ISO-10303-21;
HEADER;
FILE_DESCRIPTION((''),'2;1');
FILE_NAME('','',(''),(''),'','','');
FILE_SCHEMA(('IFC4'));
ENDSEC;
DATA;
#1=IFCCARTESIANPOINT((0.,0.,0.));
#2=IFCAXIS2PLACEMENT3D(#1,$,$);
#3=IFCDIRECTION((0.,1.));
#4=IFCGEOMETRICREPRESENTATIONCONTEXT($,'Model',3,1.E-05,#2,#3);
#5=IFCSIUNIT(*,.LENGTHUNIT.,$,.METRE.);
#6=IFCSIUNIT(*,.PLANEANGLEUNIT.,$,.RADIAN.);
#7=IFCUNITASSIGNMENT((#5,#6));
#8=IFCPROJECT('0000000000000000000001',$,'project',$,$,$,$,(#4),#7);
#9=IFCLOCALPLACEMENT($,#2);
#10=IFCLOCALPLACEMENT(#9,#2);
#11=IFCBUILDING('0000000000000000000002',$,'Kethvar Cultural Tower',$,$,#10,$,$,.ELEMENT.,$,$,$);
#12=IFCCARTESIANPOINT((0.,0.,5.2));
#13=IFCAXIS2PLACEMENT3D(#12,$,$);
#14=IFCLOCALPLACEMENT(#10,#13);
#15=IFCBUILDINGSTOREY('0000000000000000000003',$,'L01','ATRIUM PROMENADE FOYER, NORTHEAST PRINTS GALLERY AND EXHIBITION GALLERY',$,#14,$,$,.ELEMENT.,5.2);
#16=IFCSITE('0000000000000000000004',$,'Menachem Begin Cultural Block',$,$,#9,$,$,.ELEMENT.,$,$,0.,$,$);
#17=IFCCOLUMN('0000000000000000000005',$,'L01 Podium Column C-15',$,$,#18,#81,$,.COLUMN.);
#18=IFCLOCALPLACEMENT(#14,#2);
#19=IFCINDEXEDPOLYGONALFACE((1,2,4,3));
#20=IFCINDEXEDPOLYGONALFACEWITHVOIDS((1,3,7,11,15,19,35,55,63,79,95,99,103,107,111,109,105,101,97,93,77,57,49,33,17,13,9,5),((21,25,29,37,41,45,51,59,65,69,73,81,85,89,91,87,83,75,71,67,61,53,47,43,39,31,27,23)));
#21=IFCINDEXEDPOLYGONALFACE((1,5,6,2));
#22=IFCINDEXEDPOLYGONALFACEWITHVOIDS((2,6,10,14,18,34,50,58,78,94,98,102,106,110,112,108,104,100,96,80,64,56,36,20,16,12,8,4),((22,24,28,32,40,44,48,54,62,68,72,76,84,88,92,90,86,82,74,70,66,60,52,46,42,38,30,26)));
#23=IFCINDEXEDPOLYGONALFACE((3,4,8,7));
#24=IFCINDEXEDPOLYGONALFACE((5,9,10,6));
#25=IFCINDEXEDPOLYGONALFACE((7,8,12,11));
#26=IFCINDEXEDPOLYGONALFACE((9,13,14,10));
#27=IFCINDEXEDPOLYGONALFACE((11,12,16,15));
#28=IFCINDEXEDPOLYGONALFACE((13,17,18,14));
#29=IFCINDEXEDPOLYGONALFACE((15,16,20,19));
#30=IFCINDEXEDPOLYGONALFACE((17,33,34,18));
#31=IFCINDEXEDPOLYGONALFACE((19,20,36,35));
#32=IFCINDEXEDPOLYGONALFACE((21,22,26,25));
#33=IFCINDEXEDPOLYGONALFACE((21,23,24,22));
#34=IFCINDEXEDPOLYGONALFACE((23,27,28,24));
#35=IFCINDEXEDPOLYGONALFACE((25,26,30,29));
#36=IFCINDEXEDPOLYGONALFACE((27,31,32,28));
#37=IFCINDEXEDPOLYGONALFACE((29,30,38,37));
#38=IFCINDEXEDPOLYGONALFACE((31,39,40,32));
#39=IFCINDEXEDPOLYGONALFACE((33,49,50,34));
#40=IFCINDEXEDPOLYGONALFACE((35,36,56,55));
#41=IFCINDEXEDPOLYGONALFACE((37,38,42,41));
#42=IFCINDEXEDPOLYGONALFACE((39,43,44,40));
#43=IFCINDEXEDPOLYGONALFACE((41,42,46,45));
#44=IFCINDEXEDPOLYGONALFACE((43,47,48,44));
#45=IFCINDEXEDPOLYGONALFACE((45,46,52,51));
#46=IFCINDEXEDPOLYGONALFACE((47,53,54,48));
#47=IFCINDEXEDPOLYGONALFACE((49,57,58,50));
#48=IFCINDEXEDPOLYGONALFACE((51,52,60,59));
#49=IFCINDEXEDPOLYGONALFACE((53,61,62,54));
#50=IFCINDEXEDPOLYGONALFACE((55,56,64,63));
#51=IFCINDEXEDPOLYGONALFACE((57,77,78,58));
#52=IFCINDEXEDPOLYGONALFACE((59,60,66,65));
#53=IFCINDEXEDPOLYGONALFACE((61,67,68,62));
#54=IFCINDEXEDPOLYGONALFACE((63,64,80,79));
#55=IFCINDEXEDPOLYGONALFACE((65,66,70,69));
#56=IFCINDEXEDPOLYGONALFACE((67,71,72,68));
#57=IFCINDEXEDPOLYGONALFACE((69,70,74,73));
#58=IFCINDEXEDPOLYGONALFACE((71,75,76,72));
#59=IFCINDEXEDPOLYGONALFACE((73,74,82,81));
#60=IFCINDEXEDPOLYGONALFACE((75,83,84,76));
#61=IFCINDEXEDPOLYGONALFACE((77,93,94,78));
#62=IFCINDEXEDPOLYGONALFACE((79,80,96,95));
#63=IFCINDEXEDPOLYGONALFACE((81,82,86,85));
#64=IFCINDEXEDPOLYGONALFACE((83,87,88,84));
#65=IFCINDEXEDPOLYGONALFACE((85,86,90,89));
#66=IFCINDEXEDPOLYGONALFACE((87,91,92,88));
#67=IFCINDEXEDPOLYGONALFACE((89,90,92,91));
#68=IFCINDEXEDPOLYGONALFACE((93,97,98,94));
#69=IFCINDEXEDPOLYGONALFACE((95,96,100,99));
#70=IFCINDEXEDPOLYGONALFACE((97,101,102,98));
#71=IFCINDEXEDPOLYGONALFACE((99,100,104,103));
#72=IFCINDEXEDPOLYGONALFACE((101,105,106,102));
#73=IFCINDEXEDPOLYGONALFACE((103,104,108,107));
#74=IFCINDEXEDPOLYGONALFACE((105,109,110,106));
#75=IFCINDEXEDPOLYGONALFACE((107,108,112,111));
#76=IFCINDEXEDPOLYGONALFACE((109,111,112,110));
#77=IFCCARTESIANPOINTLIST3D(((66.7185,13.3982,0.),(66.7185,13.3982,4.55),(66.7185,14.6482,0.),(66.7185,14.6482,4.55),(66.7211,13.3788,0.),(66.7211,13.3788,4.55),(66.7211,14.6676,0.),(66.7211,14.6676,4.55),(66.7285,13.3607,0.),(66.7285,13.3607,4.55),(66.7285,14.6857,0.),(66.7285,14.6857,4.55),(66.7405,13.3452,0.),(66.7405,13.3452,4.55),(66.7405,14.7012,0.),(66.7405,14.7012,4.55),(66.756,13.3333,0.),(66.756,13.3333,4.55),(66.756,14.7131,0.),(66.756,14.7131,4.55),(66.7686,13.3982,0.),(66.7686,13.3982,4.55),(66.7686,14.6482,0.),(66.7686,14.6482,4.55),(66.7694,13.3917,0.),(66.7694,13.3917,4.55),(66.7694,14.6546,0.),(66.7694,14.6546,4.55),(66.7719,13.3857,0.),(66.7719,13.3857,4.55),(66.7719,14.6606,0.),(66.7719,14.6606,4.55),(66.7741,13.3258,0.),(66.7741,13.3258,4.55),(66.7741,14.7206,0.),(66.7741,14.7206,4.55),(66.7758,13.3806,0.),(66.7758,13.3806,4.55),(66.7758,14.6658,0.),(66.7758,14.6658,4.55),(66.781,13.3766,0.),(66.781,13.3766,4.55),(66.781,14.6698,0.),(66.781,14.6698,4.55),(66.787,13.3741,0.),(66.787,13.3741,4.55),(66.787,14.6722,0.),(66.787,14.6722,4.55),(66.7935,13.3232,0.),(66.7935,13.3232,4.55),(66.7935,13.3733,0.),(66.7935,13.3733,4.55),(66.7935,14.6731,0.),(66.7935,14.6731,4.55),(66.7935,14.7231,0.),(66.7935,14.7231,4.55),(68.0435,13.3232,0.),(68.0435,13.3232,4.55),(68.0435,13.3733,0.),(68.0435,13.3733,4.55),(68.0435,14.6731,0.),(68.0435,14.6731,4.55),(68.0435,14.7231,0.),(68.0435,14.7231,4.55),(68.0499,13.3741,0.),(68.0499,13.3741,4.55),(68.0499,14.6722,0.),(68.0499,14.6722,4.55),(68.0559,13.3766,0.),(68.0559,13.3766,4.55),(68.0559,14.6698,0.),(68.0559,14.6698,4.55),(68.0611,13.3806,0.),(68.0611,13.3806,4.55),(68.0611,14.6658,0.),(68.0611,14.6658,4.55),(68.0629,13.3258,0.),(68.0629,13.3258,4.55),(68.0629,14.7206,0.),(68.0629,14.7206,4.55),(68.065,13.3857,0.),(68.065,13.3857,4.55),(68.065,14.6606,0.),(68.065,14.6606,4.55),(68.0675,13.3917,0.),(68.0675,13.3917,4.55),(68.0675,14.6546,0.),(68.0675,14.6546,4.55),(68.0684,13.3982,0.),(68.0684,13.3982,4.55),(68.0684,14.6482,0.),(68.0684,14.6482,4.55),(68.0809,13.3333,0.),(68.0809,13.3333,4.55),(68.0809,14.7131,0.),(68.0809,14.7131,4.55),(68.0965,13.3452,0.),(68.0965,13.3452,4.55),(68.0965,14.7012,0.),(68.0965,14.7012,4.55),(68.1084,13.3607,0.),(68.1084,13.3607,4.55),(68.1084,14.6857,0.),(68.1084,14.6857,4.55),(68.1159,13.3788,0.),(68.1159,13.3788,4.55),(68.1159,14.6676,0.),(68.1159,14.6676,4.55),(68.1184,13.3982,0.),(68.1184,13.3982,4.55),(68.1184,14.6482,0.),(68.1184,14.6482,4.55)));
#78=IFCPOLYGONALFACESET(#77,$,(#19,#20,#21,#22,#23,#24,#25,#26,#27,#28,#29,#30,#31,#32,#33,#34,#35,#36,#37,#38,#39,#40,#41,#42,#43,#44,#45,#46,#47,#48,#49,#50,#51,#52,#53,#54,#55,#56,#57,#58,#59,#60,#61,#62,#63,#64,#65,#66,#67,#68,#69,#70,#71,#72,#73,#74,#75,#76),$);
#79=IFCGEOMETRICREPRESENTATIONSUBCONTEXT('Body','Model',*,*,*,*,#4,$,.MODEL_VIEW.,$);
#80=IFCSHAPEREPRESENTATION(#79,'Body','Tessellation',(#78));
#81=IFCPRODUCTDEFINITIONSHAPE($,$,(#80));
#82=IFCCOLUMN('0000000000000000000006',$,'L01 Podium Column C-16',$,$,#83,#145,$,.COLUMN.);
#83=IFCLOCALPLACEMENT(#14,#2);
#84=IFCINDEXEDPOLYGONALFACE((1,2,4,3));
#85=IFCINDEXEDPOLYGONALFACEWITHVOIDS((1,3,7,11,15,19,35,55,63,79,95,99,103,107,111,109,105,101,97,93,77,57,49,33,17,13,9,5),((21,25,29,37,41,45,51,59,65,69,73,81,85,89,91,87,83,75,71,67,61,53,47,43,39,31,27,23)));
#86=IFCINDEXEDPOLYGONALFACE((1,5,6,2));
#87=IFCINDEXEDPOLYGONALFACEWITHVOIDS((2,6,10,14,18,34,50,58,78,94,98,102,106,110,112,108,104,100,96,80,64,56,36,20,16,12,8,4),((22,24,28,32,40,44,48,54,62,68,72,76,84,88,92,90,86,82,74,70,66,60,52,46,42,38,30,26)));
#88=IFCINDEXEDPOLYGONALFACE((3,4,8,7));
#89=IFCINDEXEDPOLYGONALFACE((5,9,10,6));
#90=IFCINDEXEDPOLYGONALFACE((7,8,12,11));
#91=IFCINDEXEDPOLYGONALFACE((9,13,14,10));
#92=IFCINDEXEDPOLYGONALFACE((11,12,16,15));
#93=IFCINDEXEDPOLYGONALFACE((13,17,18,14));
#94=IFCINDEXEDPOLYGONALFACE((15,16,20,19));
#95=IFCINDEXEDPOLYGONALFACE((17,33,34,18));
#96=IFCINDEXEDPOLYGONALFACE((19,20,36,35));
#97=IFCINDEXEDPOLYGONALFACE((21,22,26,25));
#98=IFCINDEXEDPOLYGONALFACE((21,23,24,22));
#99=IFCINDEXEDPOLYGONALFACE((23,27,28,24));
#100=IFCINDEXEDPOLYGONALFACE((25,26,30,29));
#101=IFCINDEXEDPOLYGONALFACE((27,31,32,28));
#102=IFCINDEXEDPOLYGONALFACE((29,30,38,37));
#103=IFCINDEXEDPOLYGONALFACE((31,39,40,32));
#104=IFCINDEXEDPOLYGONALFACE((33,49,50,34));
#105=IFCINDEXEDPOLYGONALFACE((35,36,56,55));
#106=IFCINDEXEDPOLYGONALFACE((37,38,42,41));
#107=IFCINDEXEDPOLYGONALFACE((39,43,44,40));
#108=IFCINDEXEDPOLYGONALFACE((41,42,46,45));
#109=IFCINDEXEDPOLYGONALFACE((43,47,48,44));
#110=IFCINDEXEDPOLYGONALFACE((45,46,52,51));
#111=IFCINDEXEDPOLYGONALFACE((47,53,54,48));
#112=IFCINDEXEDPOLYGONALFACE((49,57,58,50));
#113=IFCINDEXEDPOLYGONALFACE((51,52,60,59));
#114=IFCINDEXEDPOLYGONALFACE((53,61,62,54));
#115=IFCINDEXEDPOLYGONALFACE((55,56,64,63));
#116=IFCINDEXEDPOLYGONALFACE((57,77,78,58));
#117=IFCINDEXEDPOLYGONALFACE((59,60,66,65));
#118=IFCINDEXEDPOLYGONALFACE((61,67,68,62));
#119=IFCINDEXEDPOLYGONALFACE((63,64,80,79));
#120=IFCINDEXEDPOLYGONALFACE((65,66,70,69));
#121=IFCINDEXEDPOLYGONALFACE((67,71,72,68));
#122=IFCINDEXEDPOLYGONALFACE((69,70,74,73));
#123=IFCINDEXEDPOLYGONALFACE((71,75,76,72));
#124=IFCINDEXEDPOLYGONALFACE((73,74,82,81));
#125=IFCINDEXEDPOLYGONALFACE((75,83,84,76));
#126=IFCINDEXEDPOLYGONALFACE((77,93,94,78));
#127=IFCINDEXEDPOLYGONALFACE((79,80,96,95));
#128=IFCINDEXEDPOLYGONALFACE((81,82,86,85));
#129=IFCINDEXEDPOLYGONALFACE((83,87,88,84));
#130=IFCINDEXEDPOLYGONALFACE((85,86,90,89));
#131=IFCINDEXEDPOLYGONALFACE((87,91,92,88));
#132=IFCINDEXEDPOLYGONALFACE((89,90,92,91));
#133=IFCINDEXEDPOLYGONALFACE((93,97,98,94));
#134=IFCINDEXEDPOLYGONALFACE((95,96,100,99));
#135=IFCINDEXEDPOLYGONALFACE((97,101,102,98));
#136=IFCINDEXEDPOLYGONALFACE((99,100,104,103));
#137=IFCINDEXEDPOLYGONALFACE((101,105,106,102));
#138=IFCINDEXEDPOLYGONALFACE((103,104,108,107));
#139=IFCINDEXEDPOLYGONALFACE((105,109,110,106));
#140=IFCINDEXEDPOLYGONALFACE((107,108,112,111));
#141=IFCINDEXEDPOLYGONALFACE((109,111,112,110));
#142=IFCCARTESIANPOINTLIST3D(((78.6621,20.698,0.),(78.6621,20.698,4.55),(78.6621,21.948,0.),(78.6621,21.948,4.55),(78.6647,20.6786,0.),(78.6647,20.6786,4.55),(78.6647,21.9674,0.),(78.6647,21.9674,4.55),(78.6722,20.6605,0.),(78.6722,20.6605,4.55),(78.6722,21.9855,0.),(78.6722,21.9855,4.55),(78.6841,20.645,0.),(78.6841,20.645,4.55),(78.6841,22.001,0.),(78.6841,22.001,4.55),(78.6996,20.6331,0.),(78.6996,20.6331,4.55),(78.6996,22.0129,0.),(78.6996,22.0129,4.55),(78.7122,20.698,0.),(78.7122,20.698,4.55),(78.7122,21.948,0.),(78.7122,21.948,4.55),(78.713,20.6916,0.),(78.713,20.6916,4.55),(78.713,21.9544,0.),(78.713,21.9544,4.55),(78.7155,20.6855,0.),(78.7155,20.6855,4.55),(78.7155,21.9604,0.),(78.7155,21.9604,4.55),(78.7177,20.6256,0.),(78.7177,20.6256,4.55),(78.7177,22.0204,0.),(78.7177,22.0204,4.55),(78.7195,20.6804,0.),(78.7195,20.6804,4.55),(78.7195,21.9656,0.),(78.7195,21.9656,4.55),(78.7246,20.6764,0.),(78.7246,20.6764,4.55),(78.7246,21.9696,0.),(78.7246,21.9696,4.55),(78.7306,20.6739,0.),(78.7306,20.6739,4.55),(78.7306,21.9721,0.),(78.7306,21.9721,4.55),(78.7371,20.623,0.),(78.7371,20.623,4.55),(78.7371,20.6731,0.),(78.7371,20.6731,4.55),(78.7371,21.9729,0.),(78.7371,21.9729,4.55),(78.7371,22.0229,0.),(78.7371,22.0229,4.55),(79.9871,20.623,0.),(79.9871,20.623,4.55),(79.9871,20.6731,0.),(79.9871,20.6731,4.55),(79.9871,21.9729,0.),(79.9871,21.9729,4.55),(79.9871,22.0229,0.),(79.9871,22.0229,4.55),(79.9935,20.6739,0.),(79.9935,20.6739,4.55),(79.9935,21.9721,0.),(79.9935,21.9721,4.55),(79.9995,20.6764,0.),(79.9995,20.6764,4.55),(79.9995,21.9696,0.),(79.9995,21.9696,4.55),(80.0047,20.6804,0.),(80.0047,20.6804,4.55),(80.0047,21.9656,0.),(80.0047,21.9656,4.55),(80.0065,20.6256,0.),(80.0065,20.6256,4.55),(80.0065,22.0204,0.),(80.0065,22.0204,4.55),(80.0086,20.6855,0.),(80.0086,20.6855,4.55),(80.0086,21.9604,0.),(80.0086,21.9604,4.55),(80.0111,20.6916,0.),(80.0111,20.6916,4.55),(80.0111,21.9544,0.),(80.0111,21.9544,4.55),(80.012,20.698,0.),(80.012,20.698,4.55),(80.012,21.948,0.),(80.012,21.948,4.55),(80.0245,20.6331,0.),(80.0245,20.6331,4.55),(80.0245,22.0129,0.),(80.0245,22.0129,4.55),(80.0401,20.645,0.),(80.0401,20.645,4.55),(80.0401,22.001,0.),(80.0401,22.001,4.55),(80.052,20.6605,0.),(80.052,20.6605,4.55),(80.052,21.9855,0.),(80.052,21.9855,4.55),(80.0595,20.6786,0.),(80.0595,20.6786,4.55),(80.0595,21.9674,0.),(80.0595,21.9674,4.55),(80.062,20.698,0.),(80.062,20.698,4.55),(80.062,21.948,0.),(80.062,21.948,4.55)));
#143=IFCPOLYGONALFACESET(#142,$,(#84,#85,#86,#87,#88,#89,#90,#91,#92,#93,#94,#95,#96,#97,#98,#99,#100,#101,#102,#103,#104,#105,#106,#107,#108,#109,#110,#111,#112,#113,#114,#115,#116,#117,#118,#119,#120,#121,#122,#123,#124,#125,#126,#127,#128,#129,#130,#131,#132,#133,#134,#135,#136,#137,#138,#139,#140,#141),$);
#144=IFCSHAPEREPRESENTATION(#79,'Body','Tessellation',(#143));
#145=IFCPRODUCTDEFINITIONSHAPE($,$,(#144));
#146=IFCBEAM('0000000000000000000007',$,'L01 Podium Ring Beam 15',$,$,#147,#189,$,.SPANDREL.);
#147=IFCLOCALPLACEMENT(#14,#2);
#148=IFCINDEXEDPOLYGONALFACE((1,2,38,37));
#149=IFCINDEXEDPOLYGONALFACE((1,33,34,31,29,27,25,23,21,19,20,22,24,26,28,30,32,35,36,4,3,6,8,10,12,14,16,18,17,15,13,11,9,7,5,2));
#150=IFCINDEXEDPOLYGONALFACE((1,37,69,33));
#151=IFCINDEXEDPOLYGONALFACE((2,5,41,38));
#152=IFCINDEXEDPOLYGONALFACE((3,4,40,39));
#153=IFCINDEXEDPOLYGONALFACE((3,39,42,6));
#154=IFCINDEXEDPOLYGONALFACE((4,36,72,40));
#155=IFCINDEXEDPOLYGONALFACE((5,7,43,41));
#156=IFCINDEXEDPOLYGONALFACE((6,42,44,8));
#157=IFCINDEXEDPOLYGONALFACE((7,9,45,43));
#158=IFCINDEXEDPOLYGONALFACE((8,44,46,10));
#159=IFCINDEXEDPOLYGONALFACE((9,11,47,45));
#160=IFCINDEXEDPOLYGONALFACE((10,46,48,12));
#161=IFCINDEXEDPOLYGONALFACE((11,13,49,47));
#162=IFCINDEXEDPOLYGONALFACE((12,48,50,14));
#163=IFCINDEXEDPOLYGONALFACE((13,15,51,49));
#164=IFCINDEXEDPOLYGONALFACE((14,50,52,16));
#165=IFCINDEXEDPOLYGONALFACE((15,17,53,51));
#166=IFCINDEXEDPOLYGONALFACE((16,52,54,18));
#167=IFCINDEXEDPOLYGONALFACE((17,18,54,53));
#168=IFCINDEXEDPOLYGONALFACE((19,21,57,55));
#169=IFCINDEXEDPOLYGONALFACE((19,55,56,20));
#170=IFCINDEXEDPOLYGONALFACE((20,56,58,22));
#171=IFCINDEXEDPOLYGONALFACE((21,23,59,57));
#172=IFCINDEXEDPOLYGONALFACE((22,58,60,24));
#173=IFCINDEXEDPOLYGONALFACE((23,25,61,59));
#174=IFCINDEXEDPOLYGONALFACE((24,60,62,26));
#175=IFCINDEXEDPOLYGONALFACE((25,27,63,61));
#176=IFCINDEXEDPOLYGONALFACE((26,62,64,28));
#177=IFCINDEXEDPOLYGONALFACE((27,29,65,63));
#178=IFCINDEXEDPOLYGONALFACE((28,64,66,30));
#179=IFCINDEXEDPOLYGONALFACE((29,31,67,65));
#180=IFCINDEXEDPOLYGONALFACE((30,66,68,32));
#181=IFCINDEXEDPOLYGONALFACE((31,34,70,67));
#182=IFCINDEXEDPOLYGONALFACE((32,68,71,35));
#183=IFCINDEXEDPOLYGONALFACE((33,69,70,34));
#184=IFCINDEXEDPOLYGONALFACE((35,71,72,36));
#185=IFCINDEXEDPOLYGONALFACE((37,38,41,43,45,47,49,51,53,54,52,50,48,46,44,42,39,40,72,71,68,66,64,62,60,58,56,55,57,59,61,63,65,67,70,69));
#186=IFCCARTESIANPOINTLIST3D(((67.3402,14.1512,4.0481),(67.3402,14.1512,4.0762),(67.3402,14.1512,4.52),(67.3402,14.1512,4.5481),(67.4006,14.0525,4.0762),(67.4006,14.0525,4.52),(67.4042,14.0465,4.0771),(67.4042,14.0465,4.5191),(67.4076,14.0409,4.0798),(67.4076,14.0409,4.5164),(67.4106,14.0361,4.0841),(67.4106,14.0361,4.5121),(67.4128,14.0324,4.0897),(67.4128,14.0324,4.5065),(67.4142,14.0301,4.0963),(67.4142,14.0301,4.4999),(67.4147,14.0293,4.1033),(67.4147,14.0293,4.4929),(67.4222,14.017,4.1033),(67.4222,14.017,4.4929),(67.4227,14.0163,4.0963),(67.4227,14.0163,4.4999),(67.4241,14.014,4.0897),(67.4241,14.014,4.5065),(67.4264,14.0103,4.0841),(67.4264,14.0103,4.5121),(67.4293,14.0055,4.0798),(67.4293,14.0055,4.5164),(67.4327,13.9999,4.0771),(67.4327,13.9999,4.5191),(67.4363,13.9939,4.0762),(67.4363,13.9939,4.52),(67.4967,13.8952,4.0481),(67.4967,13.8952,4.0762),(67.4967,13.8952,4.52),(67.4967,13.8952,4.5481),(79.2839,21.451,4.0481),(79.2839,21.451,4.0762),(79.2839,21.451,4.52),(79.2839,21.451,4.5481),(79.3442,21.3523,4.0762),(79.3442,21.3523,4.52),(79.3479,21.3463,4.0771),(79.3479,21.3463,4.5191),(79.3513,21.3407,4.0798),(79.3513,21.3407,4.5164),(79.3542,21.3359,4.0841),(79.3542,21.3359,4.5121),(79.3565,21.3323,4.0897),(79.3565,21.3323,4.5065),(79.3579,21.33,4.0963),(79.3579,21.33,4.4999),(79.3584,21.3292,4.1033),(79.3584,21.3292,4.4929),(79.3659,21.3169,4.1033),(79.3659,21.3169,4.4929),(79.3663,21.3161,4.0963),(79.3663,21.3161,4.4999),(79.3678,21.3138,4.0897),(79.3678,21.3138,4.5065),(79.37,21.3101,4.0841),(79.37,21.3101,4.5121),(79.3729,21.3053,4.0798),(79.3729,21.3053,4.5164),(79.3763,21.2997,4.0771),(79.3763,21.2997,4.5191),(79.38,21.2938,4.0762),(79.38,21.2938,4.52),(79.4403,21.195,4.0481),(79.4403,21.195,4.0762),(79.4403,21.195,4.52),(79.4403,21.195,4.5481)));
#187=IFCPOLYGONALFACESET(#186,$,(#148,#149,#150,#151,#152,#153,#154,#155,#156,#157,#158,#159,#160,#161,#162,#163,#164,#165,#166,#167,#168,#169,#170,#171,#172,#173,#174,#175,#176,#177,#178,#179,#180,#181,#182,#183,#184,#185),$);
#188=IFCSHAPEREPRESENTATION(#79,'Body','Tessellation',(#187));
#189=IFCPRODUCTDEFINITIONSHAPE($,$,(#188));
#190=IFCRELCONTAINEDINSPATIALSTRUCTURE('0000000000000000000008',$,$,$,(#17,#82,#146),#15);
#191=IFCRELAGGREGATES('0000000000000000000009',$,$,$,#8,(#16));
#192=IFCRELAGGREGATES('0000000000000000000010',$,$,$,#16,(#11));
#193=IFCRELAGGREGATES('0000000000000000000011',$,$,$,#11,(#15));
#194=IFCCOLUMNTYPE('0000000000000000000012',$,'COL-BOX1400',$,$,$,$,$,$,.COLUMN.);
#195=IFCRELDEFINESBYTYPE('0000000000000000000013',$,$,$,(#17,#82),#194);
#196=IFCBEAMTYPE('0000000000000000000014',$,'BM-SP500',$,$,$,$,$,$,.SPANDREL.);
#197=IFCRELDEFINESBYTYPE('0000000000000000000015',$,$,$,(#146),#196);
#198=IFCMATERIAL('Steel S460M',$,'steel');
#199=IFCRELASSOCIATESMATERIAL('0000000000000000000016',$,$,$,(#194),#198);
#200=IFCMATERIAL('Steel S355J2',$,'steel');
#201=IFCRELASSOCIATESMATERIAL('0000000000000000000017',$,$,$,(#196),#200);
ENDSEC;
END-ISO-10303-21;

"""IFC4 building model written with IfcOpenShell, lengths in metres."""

from ifc_helpers import new_model, si_unit, direction, frame, origin, origin_2d, place, context, subcontext, project, spatial, hollow_rectangle, i_section, extrude, source, transform, mapped, material, material_profile, profile_set, type_object, element, save


model = new_model("IFC4")

# Units and contexts
model_context = context("Model", 3, precision=1e-05, world=origin(), true_north=direction((0.0, 1.0)))
body_context = subcontext(model_context, "Body", "Model", "MODEL_VIEW")
ifc_project = project(units=[si_unit("LENGTHUNIT", "METRE"), si_unit("PLANEANGLEUNIT", "RADIAN")], contexts=[model_context])

# Site, building, storey
site_placement = place(None, origin())
site = spatial("IfcSite", under=ifc_project, at=site_placement, Name="Menachem Begin Cultural Block", CompositionType="ELEMENT", RefElevation=0.0)
building_placement = place(site_placement, origin())
building = spatial("IfcBuilding", under=site, at=building_placement, Name="Kethvar Cultural Tower", CompositionType="ELEMENT")
storey_placement = place(building_placement, frame((0.0, 0.0, 5.2)))
storey = spatial("IfcBuildingStorey", under=building, at=storey_placement, Name="L01", Description="ATRIUM PROMENADE FOYER, NORTHEAST PRINTS GALLERY AND EXHIBITION GALLERY", CompositionType="ELEMENT", Elevation=5.2)

# Columns
ifc_material_1 = material(Name="Steel S460M", Category="steel")
ifc_material_profile_1 = material_profile(ifc_material_1, hollow_rectangle(XDim=1.3999, YDim=1.3999, WallThickness=0.05, InnerFilletRadius=0.0249, OuterFilletRadius=0.075, at=origin_2d()), Name="Steel S460M — BOX1400x1400x50")
ifc_profile_set_1 = profile_set([ifc_material_profile_1], Name="Steel S460M — BOX1400x1400x50")
column_type = type_object("IfcColumnType", Name="COL-BOX1400", PredefinedType="COLUMN", material=ifc_profile_set_1)
shared_shape_1 = source(origin(), body_context, "Body", "SweptSolid", [
    extrude(hollow_rectangle(XDim=1.3999, YDim=1.3999, WallThickness=0.05, InnerFilletRadius=0.0249, OuterFilletRadius=0.075, at=origin_2d()), origin(), (0.0, 0.0, 1.0), 4.55),
])
for number, where, z_axis, x_axis, name in (
    (1, (67.4185, 14.0232, 0.0), (0.0, 0.0, 1.0), (1.0, 0.0, 0.0), "L01 Podium Column C-15"),
    (2, (79.3621, 21.323, 0.0), (0.0, 0.0, 1.0), (1.0, 0.0, 0.0), "L01 Podium Column C-16"),
):
    element("IfcColumn", number, at=place(storey_placement, frame(where, z_axis=z_axis, x_axis=x_axis)), inside=storey, type_object=column_type, Name=name, PredefinedType="COLUMN", context=body_context, shape_type="MappedRepresentation", body=[
        mapped(shared_shape_1, transform((0.0, 0.0, 0.0), scale=1.0)),
    ])

# Beam
ifc_material_2 = material(Name="Steel S355J2", Category="steel")
ifc_material_profile_2 = material_profile(ifc_material_2, i_section(OverallWidth=0.3, OverallDepth=0.5, WebThickness=0.0144, FlangeThickness=0.0281, FilletRadius=0.0271, at=origin_2d()), Name="Steel S355J2 — HEB500")
ifc_profile_set_2 = profile_set([ifc_material_profile_2], Name="Steel S355J2 — HEB500")
beam_type = type_object("IfcBeamType", Name="BM-SP500", PredefinedType="SPANDREL", material=ifc_profile_set_2)
shared_shape_2 = source(origin(), body_context, "Body", "SweptSolid", [
    extrude(i_section(OverallWidth=0.3, OverallDepth=0.5, WebThickness=0.0144, FlangeThickness=0.0281, FilletRadius=0.0271, at=origin_2d()), origin(), (0.0, 0.0, 1.0), 13.9978),
])
beam_1_placement = place(storey_placement, frame((67.4185, 14.0232, 4.2981), z_axis=(0.853252, 0.521499, 0.0), x_axis=(-0.521499, 0.853252, 0.0)))
element("IfcBeam", 3, at=beam_1_placement, inside=storey, type_object=beam_type, Name="L01 Podium Ring Beam 15", PredefinedType="SPANDREL", context=body_context, shape_type="MappedRepresentation", body=[
    mapped(shared_shape_2, transform((0.0, 0.0, 0.0), scale=1.0)),
])

save(model, "model.ifc")
